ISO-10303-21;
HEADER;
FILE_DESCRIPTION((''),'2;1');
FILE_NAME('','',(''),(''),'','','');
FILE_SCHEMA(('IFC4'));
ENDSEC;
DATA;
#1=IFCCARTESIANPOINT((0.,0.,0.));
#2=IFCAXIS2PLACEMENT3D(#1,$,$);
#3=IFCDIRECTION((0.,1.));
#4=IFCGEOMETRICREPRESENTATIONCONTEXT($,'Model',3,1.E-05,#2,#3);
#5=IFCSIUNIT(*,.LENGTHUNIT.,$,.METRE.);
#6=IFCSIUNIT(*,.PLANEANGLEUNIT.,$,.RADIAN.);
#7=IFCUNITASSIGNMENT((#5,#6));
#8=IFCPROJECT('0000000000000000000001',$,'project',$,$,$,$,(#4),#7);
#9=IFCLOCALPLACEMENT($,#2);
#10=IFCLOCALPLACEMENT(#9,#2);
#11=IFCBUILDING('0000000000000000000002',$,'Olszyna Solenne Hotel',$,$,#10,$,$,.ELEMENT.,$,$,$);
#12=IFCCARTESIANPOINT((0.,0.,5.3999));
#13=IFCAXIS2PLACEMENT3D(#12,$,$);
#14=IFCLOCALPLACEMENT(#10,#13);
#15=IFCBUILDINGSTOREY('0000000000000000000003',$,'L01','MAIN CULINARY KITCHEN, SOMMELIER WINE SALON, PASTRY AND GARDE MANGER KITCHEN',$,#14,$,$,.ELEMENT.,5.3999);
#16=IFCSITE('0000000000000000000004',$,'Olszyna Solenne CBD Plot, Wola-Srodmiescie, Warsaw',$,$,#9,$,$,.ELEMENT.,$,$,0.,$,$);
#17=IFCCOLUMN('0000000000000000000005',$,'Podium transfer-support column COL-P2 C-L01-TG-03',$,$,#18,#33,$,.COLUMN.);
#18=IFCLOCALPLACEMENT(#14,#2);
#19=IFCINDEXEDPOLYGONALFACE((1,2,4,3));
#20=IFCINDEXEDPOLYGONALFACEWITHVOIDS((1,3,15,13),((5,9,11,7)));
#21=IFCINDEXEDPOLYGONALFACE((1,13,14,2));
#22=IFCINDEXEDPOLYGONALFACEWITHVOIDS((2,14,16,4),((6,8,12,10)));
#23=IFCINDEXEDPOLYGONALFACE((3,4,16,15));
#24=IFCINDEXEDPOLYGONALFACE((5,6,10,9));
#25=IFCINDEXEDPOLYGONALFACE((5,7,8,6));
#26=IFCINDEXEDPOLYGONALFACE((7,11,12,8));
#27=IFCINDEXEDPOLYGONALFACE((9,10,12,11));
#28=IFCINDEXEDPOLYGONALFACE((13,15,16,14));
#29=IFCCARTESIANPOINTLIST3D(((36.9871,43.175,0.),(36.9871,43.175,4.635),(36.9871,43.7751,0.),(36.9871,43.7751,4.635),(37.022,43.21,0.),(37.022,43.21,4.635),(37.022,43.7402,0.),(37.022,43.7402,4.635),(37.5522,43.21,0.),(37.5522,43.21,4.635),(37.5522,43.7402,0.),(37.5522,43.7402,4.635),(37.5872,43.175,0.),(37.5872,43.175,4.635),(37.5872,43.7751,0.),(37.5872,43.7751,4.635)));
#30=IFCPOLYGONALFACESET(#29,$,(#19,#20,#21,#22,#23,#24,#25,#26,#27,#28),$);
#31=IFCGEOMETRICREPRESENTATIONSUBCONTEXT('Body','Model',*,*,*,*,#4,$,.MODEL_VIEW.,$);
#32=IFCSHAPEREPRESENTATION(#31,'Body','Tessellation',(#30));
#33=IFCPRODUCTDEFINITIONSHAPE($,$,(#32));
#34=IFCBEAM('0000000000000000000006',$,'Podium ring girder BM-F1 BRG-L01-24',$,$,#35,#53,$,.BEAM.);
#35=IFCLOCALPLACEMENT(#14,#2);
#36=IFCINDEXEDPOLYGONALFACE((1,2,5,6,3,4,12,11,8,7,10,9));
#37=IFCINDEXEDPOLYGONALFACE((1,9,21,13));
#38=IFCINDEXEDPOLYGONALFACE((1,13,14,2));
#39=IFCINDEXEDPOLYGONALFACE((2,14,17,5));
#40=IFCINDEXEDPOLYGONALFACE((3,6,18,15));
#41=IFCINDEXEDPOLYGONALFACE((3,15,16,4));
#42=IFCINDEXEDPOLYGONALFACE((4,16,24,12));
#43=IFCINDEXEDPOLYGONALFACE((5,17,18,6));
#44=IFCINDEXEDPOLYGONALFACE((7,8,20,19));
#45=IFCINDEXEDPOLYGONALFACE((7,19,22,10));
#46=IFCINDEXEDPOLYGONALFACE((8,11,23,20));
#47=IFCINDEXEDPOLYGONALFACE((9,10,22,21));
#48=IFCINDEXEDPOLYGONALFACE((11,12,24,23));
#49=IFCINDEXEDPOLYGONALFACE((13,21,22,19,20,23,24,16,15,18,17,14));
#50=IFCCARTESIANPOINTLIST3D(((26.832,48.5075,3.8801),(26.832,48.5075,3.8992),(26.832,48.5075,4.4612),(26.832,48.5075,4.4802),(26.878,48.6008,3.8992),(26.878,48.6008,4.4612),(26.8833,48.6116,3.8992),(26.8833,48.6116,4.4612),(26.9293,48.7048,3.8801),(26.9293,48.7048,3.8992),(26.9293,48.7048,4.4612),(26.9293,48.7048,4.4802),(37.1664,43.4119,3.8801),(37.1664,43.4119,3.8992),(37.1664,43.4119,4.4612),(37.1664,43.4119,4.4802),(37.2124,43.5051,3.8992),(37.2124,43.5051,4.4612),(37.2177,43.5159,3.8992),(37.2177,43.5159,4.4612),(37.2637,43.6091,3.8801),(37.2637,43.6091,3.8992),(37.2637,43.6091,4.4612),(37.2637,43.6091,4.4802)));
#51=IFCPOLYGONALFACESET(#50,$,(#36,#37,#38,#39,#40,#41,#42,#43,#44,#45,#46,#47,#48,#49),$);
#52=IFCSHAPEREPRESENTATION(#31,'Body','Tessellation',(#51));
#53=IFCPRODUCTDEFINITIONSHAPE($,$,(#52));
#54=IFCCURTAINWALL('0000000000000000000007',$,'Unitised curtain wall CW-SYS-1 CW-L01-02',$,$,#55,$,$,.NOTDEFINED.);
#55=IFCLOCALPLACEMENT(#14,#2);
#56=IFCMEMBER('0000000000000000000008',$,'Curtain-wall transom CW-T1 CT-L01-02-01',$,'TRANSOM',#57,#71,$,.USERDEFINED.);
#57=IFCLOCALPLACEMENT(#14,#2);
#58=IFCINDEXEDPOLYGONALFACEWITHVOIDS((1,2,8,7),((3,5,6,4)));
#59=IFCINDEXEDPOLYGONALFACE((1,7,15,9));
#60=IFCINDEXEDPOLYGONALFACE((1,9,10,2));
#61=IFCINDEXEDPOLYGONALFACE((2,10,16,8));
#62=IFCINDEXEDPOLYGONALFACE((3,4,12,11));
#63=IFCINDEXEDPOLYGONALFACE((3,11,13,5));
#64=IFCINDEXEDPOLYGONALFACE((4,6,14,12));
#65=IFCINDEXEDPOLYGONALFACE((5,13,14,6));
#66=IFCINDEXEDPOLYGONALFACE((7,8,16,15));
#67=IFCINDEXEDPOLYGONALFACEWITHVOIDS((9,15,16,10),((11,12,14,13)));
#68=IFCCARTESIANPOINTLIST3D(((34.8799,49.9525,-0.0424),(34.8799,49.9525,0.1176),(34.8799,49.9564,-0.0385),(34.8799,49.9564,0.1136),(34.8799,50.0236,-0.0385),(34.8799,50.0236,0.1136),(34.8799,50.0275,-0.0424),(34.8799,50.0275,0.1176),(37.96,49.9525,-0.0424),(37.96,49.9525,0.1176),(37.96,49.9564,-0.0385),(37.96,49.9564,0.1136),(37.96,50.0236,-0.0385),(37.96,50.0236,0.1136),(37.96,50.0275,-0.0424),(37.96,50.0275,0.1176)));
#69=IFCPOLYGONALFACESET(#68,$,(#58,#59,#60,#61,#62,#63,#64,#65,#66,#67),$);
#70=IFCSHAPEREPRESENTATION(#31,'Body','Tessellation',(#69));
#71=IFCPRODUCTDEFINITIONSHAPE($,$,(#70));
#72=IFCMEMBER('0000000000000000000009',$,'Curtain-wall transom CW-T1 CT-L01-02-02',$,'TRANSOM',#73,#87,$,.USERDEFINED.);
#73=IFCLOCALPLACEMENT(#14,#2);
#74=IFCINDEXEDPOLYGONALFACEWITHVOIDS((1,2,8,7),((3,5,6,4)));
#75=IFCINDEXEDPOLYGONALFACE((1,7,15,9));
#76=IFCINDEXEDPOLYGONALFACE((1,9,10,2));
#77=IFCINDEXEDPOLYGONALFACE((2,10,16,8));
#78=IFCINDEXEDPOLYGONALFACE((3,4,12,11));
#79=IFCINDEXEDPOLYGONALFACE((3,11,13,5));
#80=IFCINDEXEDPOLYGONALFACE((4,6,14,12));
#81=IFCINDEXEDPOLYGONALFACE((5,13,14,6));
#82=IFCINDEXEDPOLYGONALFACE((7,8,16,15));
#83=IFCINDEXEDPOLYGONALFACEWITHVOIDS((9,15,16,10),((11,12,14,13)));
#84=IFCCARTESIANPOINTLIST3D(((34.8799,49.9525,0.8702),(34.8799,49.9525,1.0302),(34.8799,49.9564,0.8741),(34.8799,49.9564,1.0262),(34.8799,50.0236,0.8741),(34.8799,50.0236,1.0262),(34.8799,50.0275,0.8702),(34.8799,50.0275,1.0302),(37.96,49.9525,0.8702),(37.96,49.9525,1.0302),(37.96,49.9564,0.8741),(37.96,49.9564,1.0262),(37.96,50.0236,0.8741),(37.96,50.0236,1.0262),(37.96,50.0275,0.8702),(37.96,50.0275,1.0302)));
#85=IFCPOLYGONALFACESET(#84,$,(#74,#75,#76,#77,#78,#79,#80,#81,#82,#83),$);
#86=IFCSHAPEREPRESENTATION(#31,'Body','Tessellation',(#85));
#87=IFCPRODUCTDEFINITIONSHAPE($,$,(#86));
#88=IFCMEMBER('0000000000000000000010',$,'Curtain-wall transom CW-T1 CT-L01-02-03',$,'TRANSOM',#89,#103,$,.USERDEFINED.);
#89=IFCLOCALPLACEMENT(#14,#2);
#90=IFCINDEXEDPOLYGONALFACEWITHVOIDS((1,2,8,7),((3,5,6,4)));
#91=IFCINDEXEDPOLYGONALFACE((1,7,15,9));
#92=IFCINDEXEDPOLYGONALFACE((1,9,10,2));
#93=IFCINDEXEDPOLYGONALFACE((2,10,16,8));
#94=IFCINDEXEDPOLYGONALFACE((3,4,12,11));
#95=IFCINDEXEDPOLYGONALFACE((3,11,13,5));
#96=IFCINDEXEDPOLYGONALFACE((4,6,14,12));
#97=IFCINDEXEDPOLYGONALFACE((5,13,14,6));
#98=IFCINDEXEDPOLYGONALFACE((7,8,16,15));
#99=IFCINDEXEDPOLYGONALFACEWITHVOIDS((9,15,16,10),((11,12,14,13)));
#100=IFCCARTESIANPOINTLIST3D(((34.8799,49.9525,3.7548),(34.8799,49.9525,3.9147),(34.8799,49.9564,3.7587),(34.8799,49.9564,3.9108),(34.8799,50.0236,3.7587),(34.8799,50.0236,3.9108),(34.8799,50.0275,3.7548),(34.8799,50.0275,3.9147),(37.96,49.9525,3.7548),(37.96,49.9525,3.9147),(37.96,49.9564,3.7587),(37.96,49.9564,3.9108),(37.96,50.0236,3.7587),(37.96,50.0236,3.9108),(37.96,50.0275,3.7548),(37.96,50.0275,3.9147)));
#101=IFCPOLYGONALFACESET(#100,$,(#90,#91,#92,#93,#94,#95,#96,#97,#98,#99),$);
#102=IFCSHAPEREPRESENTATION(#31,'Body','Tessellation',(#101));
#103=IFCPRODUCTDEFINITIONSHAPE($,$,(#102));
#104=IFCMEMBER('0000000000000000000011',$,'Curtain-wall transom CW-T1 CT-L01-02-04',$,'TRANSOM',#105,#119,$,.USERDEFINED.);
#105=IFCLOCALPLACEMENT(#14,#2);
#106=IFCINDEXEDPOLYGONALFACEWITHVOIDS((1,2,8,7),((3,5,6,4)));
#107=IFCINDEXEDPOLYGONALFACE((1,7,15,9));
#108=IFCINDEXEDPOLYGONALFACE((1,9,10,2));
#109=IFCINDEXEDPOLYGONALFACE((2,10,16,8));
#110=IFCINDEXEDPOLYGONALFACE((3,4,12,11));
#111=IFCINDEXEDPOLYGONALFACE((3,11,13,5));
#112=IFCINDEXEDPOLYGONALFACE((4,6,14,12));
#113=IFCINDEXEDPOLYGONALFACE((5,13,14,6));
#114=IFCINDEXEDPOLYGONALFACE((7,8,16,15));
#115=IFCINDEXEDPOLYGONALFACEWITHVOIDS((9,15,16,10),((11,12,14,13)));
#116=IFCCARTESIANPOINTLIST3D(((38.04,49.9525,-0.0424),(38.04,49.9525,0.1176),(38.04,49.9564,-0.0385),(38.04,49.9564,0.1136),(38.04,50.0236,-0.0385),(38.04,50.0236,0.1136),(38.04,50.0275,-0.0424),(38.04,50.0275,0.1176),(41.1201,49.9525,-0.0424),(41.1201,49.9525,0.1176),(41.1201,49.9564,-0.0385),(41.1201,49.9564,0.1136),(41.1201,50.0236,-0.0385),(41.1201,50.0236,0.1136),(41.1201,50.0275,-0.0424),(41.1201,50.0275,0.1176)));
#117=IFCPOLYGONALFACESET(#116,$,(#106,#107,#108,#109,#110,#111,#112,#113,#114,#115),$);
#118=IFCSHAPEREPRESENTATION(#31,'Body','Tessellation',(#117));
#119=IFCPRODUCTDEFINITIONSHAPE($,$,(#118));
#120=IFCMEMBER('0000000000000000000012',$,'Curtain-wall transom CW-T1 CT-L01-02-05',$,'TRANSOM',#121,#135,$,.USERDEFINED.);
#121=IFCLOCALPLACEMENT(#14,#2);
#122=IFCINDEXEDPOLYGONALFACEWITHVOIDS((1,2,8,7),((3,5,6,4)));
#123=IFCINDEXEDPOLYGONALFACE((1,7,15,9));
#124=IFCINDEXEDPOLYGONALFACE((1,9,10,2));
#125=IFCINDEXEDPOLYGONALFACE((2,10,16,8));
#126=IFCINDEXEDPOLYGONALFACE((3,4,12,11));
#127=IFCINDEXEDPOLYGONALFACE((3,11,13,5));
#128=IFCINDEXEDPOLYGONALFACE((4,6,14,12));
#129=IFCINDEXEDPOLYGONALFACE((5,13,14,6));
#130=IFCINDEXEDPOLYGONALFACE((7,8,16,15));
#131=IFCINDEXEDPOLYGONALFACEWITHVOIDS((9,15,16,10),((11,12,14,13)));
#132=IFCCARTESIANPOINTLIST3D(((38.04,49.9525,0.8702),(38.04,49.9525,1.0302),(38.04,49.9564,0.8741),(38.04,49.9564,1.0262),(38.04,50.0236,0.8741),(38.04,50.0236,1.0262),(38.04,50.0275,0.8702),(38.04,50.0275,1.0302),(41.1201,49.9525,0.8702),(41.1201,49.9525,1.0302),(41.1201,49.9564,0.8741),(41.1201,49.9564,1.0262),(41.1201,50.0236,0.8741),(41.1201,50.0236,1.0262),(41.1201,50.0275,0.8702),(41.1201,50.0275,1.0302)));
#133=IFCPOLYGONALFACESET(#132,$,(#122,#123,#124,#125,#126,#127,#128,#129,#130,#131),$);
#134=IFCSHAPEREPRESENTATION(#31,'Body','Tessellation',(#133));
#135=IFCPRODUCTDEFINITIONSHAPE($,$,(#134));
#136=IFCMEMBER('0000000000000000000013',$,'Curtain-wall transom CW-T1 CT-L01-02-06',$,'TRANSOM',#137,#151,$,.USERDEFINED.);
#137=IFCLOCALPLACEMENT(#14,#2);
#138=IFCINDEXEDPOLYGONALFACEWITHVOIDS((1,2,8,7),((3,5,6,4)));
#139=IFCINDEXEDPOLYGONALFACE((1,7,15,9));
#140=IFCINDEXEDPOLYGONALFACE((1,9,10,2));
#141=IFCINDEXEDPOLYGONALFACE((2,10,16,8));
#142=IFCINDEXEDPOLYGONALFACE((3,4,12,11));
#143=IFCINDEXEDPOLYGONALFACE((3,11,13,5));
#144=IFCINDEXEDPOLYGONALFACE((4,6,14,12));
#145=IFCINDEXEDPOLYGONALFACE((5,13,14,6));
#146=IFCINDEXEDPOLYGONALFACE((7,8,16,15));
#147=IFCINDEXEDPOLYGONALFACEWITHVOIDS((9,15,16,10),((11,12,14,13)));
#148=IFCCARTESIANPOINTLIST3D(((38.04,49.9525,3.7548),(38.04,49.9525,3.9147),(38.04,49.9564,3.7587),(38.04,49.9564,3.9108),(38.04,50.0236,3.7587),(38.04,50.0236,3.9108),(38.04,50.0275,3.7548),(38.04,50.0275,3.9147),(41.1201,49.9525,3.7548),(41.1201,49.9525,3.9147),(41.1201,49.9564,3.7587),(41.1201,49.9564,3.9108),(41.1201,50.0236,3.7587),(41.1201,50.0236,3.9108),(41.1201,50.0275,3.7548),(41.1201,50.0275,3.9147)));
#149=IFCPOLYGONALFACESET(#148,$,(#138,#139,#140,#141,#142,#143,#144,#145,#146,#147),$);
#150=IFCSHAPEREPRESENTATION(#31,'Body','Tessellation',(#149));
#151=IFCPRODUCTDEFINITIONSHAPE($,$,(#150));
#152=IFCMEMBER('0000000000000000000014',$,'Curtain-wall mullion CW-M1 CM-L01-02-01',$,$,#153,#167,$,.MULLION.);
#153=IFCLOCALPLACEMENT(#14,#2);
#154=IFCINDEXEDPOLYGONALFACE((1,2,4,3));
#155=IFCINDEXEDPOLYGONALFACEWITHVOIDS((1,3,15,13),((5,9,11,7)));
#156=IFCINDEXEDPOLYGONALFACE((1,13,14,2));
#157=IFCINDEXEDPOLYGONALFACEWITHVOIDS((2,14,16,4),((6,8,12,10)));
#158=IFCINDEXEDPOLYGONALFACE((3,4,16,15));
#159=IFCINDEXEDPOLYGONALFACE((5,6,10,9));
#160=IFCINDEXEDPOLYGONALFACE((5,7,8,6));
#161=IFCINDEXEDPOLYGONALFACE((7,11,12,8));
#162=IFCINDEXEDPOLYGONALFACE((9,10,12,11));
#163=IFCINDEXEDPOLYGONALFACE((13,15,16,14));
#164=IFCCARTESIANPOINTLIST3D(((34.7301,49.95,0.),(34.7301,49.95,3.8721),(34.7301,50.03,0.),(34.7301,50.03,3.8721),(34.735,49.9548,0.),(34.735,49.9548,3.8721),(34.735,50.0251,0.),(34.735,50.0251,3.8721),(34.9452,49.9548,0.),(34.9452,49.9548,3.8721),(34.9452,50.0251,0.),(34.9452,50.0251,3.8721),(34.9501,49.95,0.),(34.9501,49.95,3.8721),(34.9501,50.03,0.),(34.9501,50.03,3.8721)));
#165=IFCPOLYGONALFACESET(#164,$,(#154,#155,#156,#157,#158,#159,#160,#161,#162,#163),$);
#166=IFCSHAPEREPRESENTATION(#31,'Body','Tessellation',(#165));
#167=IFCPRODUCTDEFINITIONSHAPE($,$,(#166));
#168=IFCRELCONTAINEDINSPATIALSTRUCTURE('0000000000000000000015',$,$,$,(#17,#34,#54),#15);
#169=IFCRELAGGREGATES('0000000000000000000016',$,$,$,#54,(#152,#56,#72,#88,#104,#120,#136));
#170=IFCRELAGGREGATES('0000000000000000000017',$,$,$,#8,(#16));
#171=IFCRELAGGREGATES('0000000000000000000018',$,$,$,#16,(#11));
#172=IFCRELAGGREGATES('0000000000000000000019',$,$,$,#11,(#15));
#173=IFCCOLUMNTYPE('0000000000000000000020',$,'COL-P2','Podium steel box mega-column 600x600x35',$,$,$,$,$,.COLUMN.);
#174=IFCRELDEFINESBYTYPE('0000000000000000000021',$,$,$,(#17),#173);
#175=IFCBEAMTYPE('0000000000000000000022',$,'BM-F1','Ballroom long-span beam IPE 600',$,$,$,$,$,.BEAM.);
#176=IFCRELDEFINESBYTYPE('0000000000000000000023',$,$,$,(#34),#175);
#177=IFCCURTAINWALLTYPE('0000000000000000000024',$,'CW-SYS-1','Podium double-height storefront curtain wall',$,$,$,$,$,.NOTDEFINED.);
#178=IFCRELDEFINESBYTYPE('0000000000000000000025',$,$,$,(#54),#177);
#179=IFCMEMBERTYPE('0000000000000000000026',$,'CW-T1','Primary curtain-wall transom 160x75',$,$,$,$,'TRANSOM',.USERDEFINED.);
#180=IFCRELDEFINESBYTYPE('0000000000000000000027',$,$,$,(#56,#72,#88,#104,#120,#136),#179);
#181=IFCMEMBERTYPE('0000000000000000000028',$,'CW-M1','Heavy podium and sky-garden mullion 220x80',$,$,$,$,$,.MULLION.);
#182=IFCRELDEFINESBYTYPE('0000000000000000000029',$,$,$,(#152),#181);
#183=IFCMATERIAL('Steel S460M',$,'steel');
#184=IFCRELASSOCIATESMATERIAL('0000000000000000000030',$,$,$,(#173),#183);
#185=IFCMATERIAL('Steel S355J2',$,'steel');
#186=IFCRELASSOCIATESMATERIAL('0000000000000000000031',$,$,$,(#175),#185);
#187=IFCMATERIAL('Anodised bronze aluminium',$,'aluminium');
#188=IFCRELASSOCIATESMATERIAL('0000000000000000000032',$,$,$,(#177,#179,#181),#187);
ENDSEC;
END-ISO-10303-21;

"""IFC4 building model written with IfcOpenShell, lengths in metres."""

from ifc_helpers import new_model, si_unit, direction, frame, origin, origin_2d, place, context, subcontext, project, spatial, hollow_rectangle, i_section, extrude, source, transform, mapped, material, material_profile, profile_set, type_object, element, aggregate, save


model = new_model("IFC4")

# Units and contexts
model_context = context("Model", 3, precision=1e-05, world=origin(), true_north=direction((0.0, 1.0)))
body_context = subcontext(model_context, "Body", "Model", "MODEL_VIEW")
ifc_project = project(units=[si_unit("LENGTHUNIT", "METRE"), si_unit("PLANEANGLEUNIT", "RADIAN")], contexts=[model_context])

# Site, building, storey
site_placement = place(None, origin())
site = spatial("IfcSite", under=ifc_project, at=site_placement, Name="Olszyna Solenne CBD Plot, Wola-Srodmiescie, Warsaw", CompositionType="ELEMENT", RefElevation=0.0)
building_placement = place(site_placement, origin())
building = spatial("IfcBuilding", under=site, at=building_placement, Name="Olszyna Solenne Hotel", CompositionType="ELEMENT")
storey_placement = place(building_placement, frame((0.0, 0.0, 5.3999)))
storey = spatial("IfcBuildingStorey", under=building, at=storey_placement, Name="L01", Description="MAIN CULINARY KITCHEN, SOMMELIER WINE SALON, PASTRY AND GARDE MANGER KITCHEN", CompositionType="ELEMENT", Elevation=5.3999)

# Column
ifc_material_1 = material(Name="Steel S460M", Category="steel")
ifc_material_profile_1 = material_profile(ifc_material_1, hollow_rectangle(XDim=0.6001, YDim=0.6001, WallThickness=0.0349, at=origin_2d()), Name="SHS 600x600x35", Category="load-bearing")
ifc_profile_set_1 = profile_set([ifc_material_profile_1], Name="Steel S460M")
column_type = type_object("IfcColumnType", Name="COL-P2", Description="Podium steel box mega-column 600x600x35", PredefinedType="COLUMN", material=ifc_profile_set_1)
shared_shape_1 = source(origin(), body_context, "Body", "SweptSolid", [
    extrude(hollow_rectangle(XDim=0.6001, YDim=0.6001, WallThickness=0.0349, at=origin_2d()), origin(), (0.0, 0.0, 1.0), 4.635),
])
column_placement = place(storey_placement, frame((37.2871, 43.4751, 0.0), z_axis=(0.0, 0.0, 1.0), x_axis=(1.0, 0.0, 0.0)))
element("IfcColumn", 1, at=column_placement, inside=storey, type_object=column_type, Name="Podium transfer-support column COL-P2 C-L01-TG-03", PredefinedType="COLUMN", context=body_context, shape_type="MappedRepresentation", body=[
    mapped(shared_shape_1, transform((0.0, 0.0, 0.0), x_axis=(1.0, 0.0, 0.0), y_axis=(0.0, 1.0, 0.0), z_axis=(0.0, 0.0, 1.0), scale=1.0)),
])

# Beam
ifc_material_2 = material(Name="Steel S355J2", Category="steel")
ifc_material_profile_2 = material_profile(ifc_material_2, i_section(OverallWidth=0.22, OverallDepth=0.6001, WebThickness=0.012, FlangeThickness=0.019, at=origin_2d()), Name="IPE 600", Category="load-bearing")
ifc_profile_set_2 = profile_set([ifc_material_profile_2], Name="Steel S355J2")
beam_type_1 = type_object("IfcBeamType", Name="BM-F1", Description="Ballroom long-span beam IPE 600", PredefinedType="BEAM", material=ifc_profile_set_2)
shared_shape_2 = source(origin(), body_context, "Body", "SweptSolid", [
    extrude(i_section(OverallWidth=0.22, OverallDepth=0.6001, WebThickness=0.012, FlangeThickness=0.019, at=origin_2d()), origin(), (0.0, 0.0, 1.0), 11.5225),
])
beam_placement = place(storey_placement, frame((37.2151, 43.5105, 4.1802), z_axis=(-0.896897, 0.44224, 0.0), x_axis=(-0.44224, -0.896897, 0.0)))
element("IfcBeam", 2, at=beam_placement, inside=storey, type_object=beam_type_1, Name="Podium ring girder BM-F1 BRG-L01-24", PredefinedType="BEAM", context=body_context, shape_type="MappedRepresentation", body=[
    mapped(shared_shape_2, transform((0.0, 0.0, 0.0), x_axis=(1.0, 0.0, 0.0), y_axis=(0.0, 1.0, 0.0), z_axis=(0.0, 0.0, 1.0), scale=1.0)),
])

# Curtain wall, members
ifc_material_3 = material(Name="Anodised bronze aluminium", Category="aluminium")
curtain_wall_type = type_object("IfcCurtainWallType", Name="CW-SYS-1", Description="Podium double-height storefront curtain wall", PredefinedType="NOTDEFINED", material=ifc_material_3)
curtain_wall_placement = place(storey_placement, origin())
curtain_wall = element("IfcCurtainWall", 3, at=curtain_wall_placement, inside=storey, type_object=curtain_wall_type, Name="Unitised curtain wall CW-SYS-1 CW-L01-02", PredefinedType="NOTDEFINED")
ifc_material_profile_3 = material_profile(ifc_material_3, hollow_rectangle(XDim=0.075, YDim=0.1599, WallThickness=0.0039, at=origin_2d()), Name="TRAN 160x75x4", Category="load-bearing")
ifc_profile_set_3 = profile_set([ifc_material_profile_3], Name="Anodised bronze aluminium")
member_type_1 = type_object("IfcMemberType", Name="CW-T1", Description="Primary curtain-wall transom 160x75", ElementType="TRANSOM", PredefinedType="USERDEFINED", material=ifc_profile_set_3)
shared_shape_3 = source(origin(), body_context, "Body", "SweptSolid", [
    extrude(hollow_rectangle(XDim=0.075, YDim=0.1599, WallThickness=0.0039, at=origin_2d()), origin(), (0.0, 0.0, 1.0), 3.0801),
])
member_1_placement = place(storey_placement, frame((34.8799, 49.99, 0.0376), z_axis=(1.0, 0.0, 0.0), x_axis=(0.0, 1.0, 0.0)))
member_1 = element("IfcMember", 4, at=member_1_placement, type_object=member_type_1, Name="Curtain-wall transom CW-T1 CT-L01-02-01", ObjectType="TRANSOM", PredefinedType="USERDEFINED", context=body_context, shape_type="MappedRepresentation", body=[
    mapped(shared_shape_3, transform((0.0, 0.0, 0.0), x_axis=(1.0, 0.0, 0.0), y_axis=(0.0, 1.0, 0.0), z_axis=(0.0, 0.0, 1.0), scale=1.0)),
])
member_2_placement = place(storey_placement, frame((34.8799, 49.99, 0.9502), z_axis=(1.0, 0.0, 0.0), x_axis=(0.0, 1.0, 0.0)))
member_2 = element("IfcMember", 5, at=member_2_placement, type_object=member_type_1, Name="Curtain-wall transom CW-T1 CT-L01-02-02", ObjectType="TRANSOM", PredefinedType="USERDEFINED", context=body_context, shape_type="MappedRepresentation", body=[
    mapped(shared_shape_3, transform((0.0, 0.0, 0.0), x_axis=(1.0, 0.0, 0.0), y_axis=(0.0, 1.0, 0.0), z_axis=(0.0, 0.0, 1.0), scale=1.0)),
])
member_3_placement = place(storey_placement, frame((34.8799, 49.99, 3.8347), z_axis=(1.0, 0.0, 0.0), x_axis=(0.0, 1.0, 0.0)))
member_3 = element("IfcMember", 6, at=member_3_placement, type_object=member_type_1, Name="Curtain-wall transom CW-T1 CT-L01-02-03", ObjectType="TRANSOM", PredefinedType="USERDEFINED", context=body_context, shape_type="MappedRepresentation", body=[
    mapped(shared_shape_3, transform((0.0, 0.0, 0.0), x_axis=(1.0, 0.0, 0.0), y_axis=(0.0, 1.0, 0.0), z_axis=(0.0, 0.0, 1.0), scale=1.0)),
])
member_4_placement = place(storey_placement, frame((38.04, 49.99, 0.0376), z_axis=(1.0, 0.0, 0.0), x_axis=(0.0, 1.0, 0.0)))
member_4 = element("IfcMember", 7, at=member_4_placement, type_object=member_type_1, Name="Curtain-wall transom CW-T1 CT-L01-02-04", ObjectType="TRANSOM", PredefinedType="USERDEFINED", context=body_context, shape_type="MappedRepresentation", body=[
    mapped(shared_shape_3, transform((0.0, 0.0, 0.0), x_axis=(1.0, 0.0, 0.0), y_axis=(0.0, 1.0, 0.0), z_axis=(0.0, 0.0, 1.0), scale=1.0)),
])
member_5_placement = place(storey_placement, frame((38.04, 49.99, 0.9502), z_axis=(1.0, 0.0, 0.0), x_axis=(0.0, 1.0, 0.0)))
member_5 = element("IfcMember", 8, at=member_5_placement, type_object=member_type_1, Name="Curtain-wall transom CW-T1 CT-L01-02-05", ObjectType="TRANSOM", PredefinedType="USERDEFINED", context=body_context, shape_type="MappedRepresentation", body=[
    mapped(shared_shape_3, transform((0.0, 0.0, 0.0), x_axis=(1.0, 0.0, 0.0), y_axis=(0.0, 1.0, 0.0), z_axis=(0.0, 0.0, 1.0), scale=1.0)),
])
member_6_placement = place(storey_placement, frame((38.04, 49.99, 3.8347), z_axis=(1.0, 0.0, 0.0), x_axis=(0.0, 1.0, 0.0)))
member_6 = element("IfcMember", 9, at=member_6_placement, type_object=member_type_1, Name="Curtain-wall transom CW-T1 CT-L01-02-06", ObjectType="TRANSOM", PredefinedType="USERDEFINED", context=body_context, shape_type="MappedRepresentation", body=[
    mapped(shared_shape_3, transform((0.0, 0.0, 0.0), x_axis=(1.0, 0.0, 0.0), y_axis=(0.0, 1.0, 0.0), z_axis=(0.0, 0.0, 1.0), scale=1.0)),
])
ifc_material_profile_4 = material_profile(ifc_material_3, hollow_rectangle(XDim=0.0801, YDim=0.22, WallThickness=0.0049, at=origin_2d()), Name="MULL 220x80x5", Category="load-bearing")
ifc_profile_set_4 = profile_set([ifc_material_profile_4], Name="Anodised bronze aluminium")
member_type_2 = type_object("IfcMemberType", Name="CW-M1", Description="Heavy podium and sky-garden mullion 220x80", PredefinedType="MULLION", material=ifc_profile_set_4)
shared_shape_4 = source(origin(), body_context, "Body", "SweptSolid", [
    extrude(hollow_rectangle(XDim=0.0801, YDim=0.22, WallThickness=0.0049, at=origin_2d()), origin(), (0.0, 0.0, 1.0), 3.8721),
])
member_7_placement = place(storey_placement, frame((34.8401, 49.99, 0.0), z_axis=(0.0, 0.0, 1.0), x_axis=(0.0, 1.0, 0.0)))
member_7 = element("IfcMember", 10, at=member_7_placement, type_object=member_type_2, Name="Curtain-wall mullion CW-M1 CM-L01-02-01", PredefinedType="MULLION", context=body_context, shape_type="MappedRepresentation", body=[
    mapped(shared_shape_4, transform((0.0, 0.0, 0.0), x_axis=(1.0, 0.0, 0.0), y_axis=(0.0, 1.0, 0.0), z_axis=(0.0, 0.0, 1.0), scale=1.0)),
])

aggregate(curtain_wall, [member_7, member_1, member_2, member_3, member_4, member_5, member_6])

save(model, "model.ifc")
